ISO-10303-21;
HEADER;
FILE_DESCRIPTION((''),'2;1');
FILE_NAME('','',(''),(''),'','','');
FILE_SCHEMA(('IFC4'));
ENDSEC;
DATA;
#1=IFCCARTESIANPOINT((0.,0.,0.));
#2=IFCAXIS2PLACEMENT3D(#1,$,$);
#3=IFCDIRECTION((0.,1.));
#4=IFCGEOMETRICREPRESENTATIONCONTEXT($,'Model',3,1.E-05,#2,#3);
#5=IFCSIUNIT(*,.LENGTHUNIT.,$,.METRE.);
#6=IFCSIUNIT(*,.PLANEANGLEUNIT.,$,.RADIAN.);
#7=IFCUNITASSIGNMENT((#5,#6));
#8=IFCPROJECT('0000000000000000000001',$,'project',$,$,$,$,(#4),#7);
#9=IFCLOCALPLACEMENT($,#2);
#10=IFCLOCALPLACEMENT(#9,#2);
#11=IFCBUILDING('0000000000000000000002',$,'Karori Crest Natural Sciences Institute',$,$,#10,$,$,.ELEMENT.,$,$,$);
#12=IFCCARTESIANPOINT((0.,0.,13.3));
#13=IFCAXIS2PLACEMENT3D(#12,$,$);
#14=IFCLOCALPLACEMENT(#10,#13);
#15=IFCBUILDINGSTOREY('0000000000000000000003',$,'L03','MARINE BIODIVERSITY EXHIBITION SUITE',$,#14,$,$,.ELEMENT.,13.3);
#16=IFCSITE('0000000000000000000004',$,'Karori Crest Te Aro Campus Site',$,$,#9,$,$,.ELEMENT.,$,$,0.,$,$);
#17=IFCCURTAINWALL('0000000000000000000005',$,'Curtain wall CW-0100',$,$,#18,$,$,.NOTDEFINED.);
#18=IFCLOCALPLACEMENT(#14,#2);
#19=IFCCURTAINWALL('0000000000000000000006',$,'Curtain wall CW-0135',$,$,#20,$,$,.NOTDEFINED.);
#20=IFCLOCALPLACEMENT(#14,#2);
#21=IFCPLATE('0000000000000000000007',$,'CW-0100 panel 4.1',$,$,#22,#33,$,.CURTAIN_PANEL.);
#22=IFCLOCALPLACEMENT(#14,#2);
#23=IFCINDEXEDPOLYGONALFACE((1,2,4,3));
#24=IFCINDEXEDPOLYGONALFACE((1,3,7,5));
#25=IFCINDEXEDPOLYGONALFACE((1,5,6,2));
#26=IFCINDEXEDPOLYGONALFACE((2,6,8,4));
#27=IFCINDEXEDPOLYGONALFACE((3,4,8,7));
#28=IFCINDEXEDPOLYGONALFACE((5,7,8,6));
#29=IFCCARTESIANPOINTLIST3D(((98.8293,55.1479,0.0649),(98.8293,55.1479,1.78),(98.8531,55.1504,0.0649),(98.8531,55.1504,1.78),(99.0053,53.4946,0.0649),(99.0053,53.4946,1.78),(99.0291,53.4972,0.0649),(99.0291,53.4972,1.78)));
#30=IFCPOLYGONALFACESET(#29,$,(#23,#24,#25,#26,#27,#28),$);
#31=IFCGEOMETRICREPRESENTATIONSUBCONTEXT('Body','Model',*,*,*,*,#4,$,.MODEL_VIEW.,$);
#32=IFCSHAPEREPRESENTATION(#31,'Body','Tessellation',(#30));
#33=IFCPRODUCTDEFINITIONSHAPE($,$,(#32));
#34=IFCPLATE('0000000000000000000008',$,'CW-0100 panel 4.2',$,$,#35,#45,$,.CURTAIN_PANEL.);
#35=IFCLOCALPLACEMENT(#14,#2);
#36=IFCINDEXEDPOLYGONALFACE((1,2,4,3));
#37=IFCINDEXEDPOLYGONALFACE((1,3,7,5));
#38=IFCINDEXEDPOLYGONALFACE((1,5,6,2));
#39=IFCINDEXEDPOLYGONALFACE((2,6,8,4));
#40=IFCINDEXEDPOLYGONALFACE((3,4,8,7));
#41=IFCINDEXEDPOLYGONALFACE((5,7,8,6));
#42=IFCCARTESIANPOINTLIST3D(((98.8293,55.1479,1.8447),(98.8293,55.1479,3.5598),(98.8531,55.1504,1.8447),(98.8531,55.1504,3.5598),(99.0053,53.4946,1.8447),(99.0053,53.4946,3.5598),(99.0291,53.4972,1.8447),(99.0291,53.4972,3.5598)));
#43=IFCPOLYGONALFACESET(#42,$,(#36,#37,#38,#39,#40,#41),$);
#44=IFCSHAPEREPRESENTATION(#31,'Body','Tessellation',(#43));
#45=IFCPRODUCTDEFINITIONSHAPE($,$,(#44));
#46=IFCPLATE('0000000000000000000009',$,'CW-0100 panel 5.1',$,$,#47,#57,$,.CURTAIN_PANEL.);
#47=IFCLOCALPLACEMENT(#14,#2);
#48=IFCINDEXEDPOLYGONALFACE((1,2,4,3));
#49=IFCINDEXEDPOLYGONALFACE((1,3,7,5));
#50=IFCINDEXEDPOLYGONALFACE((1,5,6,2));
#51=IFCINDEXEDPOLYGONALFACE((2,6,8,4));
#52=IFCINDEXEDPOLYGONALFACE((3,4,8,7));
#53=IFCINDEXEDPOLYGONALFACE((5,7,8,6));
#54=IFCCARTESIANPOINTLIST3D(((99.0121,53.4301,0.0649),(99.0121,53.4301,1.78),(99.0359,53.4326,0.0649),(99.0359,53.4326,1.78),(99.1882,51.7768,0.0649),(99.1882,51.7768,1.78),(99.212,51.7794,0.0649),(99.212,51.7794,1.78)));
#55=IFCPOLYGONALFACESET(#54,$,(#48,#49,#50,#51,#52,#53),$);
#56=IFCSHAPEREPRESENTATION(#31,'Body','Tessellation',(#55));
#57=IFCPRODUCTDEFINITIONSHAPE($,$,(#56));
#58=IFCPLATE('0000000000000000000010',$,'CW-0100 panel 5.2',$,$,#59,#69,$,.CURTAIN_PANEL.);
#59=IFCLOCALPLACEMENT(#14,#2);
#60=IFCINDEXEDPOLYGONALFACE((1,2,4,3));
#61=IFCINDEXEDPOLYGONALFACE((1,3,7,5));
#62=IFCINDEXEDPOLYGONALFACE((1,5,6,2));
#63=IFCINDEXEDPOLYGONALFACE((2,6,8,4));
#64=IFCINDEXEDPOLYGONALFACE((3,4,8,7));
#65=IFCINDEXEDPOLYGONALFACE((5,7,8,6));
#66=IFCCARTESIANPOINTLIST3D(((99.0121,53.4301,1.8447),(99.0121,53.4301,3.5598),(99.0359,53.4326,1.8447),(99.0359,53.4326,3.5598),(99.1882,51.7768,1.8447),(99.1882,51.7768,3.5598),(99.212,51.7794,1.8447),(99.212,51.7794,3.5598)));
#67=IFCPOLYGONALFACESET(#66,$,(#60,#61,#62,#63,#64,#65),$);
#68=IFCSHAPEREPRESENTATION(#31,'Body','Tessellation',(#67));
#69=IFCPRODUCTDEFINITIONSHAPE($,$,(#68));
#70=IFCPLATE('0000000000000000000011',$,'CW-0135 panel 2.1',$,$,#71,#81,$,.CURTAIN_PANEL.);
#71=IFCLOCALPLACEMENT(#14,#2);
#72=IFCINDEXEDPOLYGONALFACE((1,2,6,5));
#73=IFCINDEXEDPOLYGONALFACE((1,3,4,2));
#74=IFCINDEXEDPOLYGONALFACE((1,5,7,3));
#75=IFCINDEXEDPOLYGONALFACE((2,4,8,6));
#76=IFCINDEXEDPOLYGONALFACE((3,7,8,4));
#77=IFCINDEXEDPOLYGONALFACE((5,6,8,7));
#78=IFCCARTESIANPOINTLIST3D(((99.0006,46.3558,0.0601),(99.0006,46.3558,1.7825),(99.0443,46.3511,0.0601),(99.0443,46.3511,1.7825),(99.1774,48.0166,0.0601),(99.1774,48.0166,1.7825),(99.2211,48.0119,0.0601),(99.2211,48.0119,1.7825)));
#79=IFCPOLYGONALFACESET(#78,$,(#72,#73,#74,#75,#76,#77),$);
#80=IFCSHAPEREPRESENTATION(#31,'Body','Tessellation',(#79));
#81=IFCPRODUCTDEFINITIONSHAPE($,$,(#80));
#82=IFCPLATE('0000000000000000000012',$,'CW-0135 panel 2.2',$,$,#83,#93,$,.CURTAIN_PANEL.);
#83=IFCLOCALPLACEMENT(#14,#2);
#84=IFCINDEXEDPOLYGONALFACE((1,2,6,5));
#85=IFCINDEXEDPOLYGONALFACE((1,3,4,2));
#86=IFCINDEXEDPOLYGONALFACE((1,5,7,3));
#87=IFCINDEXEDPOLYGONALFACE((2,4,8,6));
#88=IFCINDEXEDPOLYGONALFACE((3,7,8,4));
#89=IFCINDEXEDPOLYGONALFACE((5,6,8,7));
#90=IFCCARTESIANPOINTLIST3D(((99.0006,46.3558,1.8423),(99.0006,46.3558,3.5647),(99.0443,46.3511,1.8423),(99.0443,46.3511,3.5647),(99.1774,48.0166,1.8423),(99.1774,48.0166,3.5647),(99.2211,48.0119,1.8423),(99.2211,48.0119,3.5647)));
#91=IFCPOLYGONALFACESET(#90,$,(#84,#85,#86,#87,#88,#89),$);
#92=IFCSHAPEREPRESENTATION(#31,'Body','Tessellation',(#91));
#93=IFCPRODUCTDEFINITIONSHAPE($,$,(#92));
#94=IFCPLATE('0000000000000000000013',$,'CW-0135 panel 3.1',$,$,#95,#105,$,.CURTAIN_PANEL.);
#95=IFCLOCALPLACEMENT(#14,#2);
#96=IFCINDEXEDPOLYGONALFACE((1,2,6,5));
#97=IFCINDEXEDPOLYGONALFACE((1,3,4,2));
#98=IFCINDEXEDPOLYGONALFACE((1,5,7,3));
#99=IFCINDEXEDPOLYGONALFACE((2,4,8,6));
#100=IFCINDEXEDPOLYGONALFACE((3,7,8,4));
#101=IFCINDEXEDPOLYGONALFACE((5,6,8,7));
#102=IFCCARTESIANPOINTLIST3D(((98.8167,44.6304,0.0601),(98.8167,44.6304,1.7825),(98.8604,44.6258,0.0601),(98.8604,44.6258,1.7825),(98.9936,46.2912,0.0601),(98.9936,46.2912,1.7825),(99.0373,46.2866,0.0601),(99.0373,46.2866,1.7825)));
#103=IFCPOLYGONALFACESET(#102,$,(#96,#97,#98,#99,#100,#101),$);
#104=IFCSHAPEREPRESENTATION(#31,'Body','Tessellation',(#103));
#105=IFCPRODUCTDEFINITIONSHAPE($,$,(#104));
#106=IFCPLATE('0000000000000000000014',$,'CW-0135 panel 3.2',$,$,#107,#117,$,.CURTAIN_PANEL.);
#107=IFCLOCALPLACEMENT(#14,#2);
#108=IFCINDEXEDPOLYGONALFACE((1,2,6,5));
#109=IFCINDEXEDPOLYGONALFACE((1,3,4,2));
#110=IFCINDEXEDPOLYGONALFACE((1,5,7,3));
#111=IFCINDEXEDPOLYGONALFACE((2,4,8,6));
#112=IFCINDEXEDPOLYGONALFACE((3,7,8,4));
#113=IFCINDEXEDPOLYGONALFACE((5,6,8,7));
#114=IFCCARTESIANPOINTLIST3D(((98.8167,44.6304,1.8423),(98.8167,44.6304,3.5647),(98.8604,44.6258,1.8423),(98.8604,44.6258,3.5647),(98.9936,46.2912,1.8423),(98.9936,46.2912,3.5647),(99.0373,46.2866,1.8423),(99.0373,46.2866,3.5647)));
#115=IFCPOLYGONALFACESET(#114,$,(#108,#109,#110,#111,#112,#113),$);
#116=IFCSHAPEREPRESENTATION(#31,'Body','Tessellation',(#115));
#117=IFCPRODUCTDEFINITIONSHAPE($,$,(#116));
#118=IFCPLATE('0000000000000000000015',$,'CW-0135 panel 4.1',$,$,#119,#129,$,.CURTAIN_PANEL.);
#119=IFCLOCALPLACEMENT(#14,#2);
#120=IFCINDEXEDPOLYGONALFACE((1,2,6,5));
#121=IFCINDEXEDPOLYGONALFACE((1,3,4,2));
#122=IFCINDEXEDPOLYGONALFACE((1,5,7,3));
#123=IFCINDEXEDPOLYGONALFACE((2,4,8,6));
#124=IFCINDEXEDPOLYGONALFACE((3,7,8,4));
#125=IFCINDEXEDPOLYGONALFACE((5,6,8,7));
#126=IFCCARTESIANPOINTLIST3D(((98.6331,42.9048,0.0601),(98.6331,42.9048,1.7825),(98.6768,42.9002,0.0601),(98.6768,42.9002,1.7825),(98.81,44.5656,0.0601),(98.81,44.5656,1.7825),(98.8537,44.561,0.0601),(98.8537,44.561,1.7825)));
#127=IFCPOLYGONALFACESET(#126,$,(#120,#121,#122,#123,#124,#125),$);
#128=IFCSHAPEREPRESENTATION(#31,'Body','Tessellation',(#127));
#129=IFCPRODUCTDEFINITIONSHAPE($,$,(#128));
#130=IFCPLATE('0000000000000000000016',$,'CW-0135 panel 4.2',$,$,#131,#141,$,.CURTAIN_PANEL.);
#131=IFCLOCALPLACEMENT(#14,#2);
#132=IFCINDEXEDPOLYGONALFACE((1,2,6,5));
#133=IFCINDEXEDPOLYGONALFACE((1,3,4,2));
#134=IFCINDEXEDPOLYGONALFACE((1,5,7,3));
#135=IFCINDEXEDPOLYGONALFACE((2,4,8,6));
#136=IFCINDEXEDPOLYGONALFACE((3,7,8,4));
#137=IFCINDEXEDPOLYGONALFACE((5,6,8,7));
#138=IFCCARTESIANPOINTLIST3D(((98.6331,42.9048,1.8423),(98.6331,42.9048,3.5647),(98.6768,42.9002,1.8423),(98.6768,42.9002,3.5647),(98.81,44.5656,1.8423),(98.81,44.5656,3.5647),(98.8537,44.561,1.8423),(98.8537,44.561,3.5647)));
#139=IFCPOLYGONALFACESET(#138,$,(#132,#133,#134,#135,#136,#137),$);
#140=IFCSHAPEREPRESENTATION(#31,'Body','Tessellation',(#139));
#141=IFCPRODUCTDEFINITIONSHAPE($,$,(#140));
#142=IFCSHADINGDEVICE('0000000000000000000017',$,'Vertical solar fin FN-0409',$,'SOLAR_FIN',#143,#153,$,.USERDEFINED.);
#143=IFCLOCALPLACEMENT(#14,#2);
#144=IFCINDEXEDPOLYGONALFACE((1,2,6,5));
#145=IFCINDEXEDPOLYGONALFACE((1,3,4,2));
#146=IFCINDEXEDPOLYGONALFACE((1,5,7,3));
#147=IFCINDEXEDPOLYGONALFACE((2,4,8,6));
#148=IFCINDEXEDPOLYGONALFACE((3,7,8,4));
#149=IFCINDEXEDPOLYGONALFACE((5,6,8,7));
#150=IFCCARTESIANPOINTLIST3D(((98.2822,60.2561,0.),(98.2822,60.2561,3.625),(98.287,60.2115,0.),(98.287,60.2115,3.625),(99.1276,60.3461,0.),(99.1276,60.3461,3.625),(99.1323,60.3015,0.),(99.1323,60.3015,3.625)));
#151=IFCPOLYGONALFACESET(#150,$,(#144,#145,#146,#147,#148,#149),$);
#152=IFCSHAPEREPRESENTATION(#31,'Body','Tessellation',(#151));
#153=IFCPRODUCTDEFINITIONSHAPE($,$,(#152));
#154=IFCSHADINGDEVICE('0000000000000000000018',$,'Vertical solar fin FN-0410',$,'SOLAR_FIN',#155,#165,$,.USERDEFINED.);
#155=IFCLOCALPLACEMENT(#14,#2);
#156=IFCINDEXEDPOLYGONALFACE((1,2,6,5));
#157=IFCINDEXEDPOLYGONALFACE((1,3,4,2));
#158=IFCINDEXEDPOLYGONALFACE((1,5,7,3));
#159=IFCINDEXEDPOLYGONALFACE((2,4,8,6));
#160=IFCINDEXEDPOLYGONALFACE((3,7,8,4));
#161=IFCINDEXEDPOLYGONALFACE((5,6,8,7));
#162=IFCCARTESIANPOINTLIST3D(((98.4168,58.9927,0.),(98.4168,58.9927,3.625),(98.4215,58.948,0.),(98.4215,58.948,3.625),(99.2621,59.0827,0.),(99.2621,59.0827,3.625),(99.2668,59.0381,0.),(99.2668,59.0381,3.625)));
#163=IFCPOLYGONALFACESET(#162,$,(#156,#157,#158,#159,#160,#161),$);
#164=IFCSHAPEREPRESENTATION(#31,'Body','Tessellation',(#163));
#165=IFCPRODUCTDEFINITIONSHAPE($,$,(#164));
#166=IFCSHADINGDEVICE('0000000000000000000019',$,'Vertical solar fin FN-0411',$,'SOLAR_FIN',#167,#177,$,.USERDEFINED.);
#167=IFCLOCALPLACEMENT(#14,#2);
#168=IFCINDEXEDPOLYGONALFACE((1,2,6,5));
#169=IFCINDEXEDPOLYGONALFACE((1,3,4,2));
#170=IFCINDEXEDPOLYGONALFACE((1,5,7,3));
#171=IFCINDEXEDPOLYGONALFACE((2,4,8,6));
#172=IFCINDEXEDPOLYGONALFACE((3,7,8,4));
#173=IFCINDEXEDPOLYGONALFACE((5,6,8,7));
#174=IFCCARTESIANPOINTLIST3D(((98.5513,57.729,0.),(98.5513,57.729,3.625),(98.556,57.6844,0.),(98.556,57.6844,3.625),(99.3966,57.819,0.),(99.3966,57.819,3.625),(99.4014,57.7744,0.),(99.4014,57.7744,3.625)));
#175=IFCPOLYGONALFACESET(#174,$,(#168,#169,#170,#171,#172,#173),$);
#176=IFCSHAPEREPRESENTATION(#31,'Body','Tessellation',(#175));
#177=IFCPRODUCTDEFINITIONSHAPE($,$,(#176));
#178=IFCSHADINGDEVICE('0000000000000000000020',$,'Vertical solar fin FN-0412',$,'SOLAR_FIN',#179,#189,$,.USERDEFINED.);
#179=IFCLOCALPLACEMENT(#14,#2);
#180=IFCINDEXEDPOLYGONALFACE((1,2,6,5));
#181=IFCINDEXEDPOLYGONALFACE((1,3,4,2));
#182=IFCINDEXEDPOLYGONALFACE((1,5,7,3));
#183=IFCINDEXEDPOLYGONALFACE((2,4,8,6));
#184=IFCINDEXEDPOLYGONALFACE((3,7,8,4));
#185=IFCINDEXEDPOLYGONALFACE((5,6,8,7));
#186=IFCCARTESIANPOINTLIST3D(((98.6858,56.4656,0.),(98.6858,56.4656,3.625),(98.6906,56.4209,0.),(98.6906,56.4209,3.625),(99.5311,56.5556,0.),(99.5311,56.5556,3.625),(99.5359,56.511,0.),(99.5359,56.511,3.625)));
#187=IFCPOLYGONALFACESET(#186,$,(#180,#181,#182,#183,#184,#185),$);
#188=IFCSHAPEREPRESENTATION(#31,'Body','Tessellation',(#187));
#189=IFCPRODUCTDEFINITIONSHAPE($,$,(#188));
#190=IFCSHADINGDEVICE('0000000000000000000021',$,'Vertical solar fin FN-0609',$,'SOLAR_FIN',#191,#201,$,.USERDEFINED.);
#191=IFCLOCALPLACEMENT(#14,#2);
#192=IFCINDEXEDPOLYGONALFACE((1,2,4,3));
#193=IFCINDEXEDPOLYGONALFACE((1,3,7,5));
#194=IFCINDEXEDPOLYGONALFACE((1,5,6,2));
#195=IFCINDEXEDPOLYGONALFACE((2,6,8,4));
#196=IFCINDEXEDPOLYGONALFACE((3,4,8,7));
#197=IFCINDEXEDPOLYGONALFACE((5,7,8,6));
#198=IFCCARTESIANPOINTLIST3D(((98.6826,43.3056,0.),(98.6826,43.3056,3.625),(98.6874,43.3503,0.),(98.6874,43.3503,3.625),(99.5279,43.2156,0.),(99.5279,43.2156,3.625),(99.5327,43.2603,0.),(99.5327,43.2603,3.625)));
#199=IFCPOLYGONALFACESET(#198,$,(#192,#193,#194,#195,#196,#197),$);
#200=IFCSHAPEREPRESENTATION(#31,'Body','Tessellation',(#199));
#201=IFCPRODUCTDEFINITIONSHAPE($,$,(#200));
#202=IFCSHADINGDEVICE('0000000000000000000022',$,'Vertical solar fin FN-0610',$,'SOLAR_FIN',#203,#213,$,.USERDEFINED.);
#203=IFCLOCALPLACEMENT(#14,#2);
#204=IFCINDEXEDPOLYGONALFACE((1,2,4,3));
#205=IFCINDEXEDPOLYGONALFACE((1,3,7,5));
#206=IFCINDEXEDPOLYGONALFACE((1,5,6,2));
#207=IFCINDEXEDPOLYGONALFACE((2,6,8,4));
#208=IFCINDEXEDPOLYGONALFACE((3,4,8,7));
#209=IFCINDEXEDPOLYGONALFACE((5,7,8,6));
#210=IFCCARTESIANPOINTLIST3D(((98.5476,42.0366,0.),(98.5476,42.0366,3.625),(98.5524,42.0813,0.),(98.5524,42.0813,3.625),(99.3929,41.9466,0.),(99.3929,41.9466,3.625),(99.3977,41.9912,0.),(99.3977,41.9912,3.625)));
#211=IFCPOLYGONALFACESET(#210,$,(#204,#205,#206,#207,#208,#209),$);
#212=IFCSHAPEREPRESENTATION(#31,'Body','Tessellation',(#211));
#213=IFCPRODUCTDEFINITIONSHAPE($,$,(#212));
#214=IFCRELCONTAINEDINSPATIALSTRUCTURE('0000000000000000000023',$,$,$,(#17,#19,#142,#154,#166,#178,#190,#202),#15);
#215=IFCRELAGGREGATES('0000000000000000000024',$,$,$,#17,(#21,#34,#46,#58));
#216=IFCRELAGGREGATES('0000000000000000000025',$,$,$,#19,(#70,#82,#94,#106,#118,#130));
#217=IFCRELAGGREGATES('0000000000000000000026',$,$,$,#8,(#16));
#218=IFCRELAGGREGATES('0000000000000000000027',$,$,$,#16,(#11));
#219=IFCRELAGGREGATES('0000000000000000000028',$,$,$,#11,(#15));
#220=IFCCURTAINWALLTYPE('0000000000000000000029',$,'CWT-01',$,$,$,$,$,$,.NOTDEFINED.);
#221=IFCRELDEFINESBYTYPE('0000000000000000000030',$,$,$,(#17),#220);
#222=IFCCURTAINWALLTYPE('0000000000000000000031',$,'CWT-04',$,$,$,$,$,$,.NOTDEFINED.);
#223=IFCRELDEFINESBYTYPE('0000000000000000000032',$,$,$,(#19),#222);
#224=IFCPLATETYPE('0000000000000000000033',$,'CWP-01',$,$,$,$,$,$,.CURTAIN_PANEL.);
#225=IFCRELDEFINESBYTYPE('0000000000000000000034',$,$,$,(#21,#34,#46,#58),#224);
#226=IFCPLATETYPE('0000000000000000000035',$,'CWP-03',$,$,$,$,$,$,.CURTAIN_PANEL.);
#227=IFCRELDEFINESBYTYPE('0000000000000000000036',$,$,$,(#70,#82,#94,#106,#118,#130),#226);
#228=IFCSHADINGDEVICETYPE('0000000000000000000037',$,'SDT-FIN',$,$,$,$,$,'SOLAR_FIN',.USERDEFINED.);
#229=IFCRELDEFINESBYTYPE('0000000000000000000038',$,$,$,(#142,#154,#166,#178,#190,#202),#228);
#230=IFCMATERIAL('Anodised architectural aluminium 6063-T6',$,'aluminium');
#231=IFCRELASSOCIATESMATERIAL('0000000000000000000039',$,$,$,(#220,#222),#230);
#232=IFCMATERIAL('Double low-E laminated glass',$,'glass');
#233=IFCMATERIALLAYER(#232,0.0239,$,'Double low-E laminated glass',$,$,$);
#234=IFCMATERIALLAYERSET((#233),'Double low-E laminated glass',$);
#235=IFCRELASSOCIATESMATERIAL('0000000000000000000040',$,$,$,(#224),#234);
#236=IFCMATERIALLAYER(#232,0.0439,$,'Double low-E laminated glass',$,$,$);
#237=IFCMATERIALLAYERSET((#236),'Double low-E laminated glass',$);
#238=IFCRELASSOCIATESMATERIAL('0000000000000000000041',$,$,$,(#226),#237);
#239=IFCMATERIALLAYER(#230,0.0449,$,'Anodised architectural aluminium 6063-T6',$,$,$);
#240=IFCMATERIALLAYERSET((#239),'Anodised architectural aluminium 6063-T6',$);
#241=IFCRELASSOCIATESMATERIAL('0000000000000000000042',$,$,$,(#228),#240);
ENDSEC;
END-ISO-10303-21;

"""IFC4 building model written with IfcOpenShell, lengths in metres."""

from ifc_helpers import new_model, si_unit, direction, frame, origin, origin_2d, place, context, subcontext, project, spatial, rectangle, extrude, material, layer, layer_set, type_object, element, aggregate, save


model = new_model("IFC4")

# Units and contexts
model_context = context("Model", 3, precision=1e-05, world=origin(), true_north=direction((0.0, 1.0)))
body_context = subcontext(model_context, "Body", "Model", "MODEL_VIEW")
ifc_project = project(units=[si_unit("LENGTHUNIT", "METRE"), si_unit("PLANEANGLEUNIT", "RADIAN")], contexts=[model_context])

# Site, building, storey
site_placement = place(None, origin())
site = spatial("IfcSite", under=ifc_project, at=site_placement, Name="Karori Crest Te Aro Campus Site", CompositionType="ELEMENT", RefElevation=0.0)
building_placement = place(site_placement, origin())
building = spatial("IfcBuilding", under=site, at=building_placement, Name="Karori Crest Natural Sciences Institute", CompositionType="ELEMENT")
storey_placement = place(building_placement, frame((0.0, 0.0, 13.3)))
storey = spatial("IfcBuildingStorey", under=building, at=storey_placement, Name="L03", Description="MARINE BIODIVERSITY EXHIBITION SUITE", CompositionType="ELEMENT", Elevation=13.3)

# Curtain walls
ifc_material_1 = material(Name="Anodised architectural aluminium 6063-T6", Category="aluminium")
curtain_wall_type_1 = type_object("IfcCurtainWallType", Name="CWT-01", PredefinedType="NOTDEFINED", material=ifc_material_1)
curtain_wall_1_placement = place(storey_placement, origin())
curtain_wall_1 = element("IfcCurtainWall", 1, at=curtain_wall_1_placement, inside=storey, type_object=curtain_wall_type_1, Name="Curtain wall CW-0100", PredefinedType="NOTDEFINED")
curtain_wall_type_2 = type_object("IfcCurtainWallType", Name="CWT-04", PredefinedType="NOTDEFINED", material=ifc_material_1)
curtain_wall_2_placement = place(storey_placement, origin())
curtain_wall_2 = element("IfcCurtainWall", 2, at=curtain_wall_2_placement, inside=storey, type_object=curtain_wall_type_2, Name="Curtain wall CW-0135", PredefinedType="NOTDEFINED")

# Plates
ifc_material_2 = material(Name="Double low-E laminated glass", Category="glass")
ifc_layer_1 = layer(ifc_material_2, 0.0239, Name="Double low-E laminated glass")
ifc_layer_set_1 = layer_set([ifc_layer_1], Name="Double low-E laminated glass")
plate_type_1 = type_object("IfcPlateType", Name="CWP-01", PredefinedType="CURTAIN_PANEL", material=ifc_layer_set_1)
plate_1_placement = place(storey_placement, frame((98.9292, 54.3225, 0.0649), z_axis=(0.0, 0.0, 1.0), x_axis=(0.105884, -0.994378, 0.0)))
plate_1 = element("IfcPlate", 3, at=plate_1_placement, type_object=plate_type_1, Name="CW-0100 panel 4.1", PredefinedType="CURTAIN_PANEL", context=body_context, shape_type="SweptSolid", body=[
    extrude(rectangle(XDim=1.6626, YDim=0.0239, at=origin_2d()), origin(), (0.0, 0.0, 1.0), 1.7151),
])
plate_2_placement = place(storey_placement, frame((98.9292, 54.3225, 1.8447), z_axis=(0.0, 0.0, 1.0), x_axis=(0.105884, -0.994378, 0.0)))
plate_2 = element("IfcPlate", 4, at=plate_2_placement, type_object=plate_type_1, Name="CW-0100 panel 4.2", PredefinedType="CURTAIN_PANEL", context=body_context, shape_type="SweptSolid", body=[
    extrude(rectangle(XDim=1.6626, YDim=0.0239, at=origin_2d()), origin(), (0.0, 0.0, 1.0), 1.7151),
])
plate_3_placement = place(storey_placement, frame((99.1121, 52.6047, 0.0649), z_axis=(0.0, 0.0, 1.0), x_axis=(0.105884, -0.994378, 0.0)))
plate_3 = element("IfcPlate", 5, at=plate_3_placement, type_object=plate_type_1, Name="CW-0100 panel 5.1", PredefinedType="CURTAIN_PANEL", context=body_context, shape_type="SweptSolid", body=[
    extrude(rectangle(XDim=1.6626, YDim=0.0239, at=origin_2d()), origin(), (0.0, 0.0, 1.0), 1.7151),
])
plate_4_placement = place(storey_placement, frame((99.1121, 52.6047, 1.8447), z_axis=(0.0, 0.0, 1.0), x_axis=(0.105884, -0.994378, 0.0)))
plate_4 = element("IfcPlate", 6, at=plate_4_placement, type_object=plate_type_1, Name="CW-0100 panel 5.2", PredefinedType="CURTAIN_PANEL", context=body_context, shape_type="SweptSolid", body=[
    extrude(rectangle(XDim=1.6626, YDim=0.0239, at=origin_2d()), origin(), (0.0, 0.0, 1.0), 1.7151),
])
aggregate(curtain_wall_1, [plate_1, plate_2, plate_3, plate_4])
ifc_layer_2 = layer(ifc_material_2, 0.0439, Name="Double low-E laminated glass")
ifc_layer_set_2 = layer_set([ifc_layer_2], Name="Double low-E laminated glass")
plate_type_2 = type_object("IfcPlateType", Name="CWP-03", PredefinedType="CURTAIN_PANEL", material=ifc_layer_set_2)
plate_5_placement = place(storey_placement, frame((99.1108, 47.1838, 0.0601), z_axis=(0.0, 0.0, 1.0), x_axis=(-0.105886, -0.994378, 0.0)))
plate_5 = element("IfcPlate", 7, at=plate_5_placement, type_object=plate_type_2, Name="CW-0135 panel 2.1", PredefinedType="CURTAIN_PANEL", context=body_context, shape_type="SweptSolid", body=[
    extrude(rectangle(XDim=1.6702, YDim=0.0439, at=origin_2d()), origin(), (0.0, 0.0, 1.0), 1.7224),
])
plate_6_placement = place(storey_placement, frame((99.1108, 47.1838, 1.8423), z_axis=(0.0, 0.0, 1.0), x_axis=(-0.105886, -0.994378, 0.0)))
plate_6 = element("IfcPlate", 8, at=plate_6_placement, type_object=plate_type_2, Name="CW-0135 panel 2.2", PredefinedType="CURTAIN_PANEL", context=body_context, shape_type="SweptSolid", body=[
    extrude(rectangle(XDim=1.6702, YDim=0.0439, at=origin_2d()), origin(), (0.0, 0.0, 1.0), 1.7224),
])
plate_7_placement = place(storey_placement, frame((98.927, 45.4585, 0.0601), z_axis=(0.0, 0.0, 1.0), x_axis=(-0.105886, -0.994378, 0.0)))
plate_7 = element("IfcPlate", 9, at=plate_7_placement, type_object=plate_type_2, Name="CW-0135 panel 3.1", PredefinedType="CURTAIN_PANEL", context=body_context, shape_type="SweptSolid", body=[
    extrude(rectangle(XDim=1.6702, YDim=0.0439, at=origin_2d()), origin(), (0.0, 0.0, 1.0), 1.7224),
])
plate_8_placement = place(storey_placement, frame((98.927, 45.4585, 1.8423), z_axis=(0.0, 0.0, 1.0), x_axis=(-0.105886, -0.994378, 0.0)))
plate_8 = element("IfcPlate", 10, at=plate_8_placement, type_object=plate_type_2, Name="CW-0135 panel 3.2", PredefinedType="CURTAIN_PANEL", context=body_context, shape_type="SweptSolid", body=[
    extrude(rectangle(XDim=1.6702, YDim=0.0439, at=origin_2d()), origin(), (0.0, 0.0, 1.0), 1.7224),
])
plate_9_placement = place(storey_placement, frame((98.7434, 43.7329, 0.0601), z_axis=(0.0, 0.0, 1.0), x_axis=(-0.105886, -0.994378, 0.0)))
plate_9 = element("IfcPlate", 11, at=plate_9_placement, type_object=plate_type_2, Name="CW-0135 panel 4.1", PredefinedType="CURTAIN_PANEL", context=body_context, shape_type="SweptSolid", body=[
    extrude(rectangle(XDim=1.6702, YDim=0.0439, at=origin_2d()), origin(), (0.0, 0.0, 1.0), 1.7224),
])
plate_10_placement = place(storey_placement, frame((98.7434, 43.7329, 1.8423), z_axis=(0.0, 0.0, 1.0), x_axis=(-0.105886, -0.994378, 0.0)))
plate_10 = element("IfcPlate", 12, at=plate_10_placement, type_object=plate_type_2, Name="CW-0135 panel 4.2", PredefinedType="CURTAIN_PANEL", context=body_context, shape_type="SweptSolid", body=[
    extrude(rectangle(XDim=1.6702, YDim=0.0439, at=origin_2d()), origin(), (0.0, 0.0, 1.0), 1.7224),
])
aggregate(curtain_wall_2, [plate_5, plate_6, plate_7, plate_8, plate_9, plate_10])

# Shading devices
ifc_layer_3 = layer(ifc_material_1, 0.0449, Name="Anodised architectural aluminium 6063-T6")
ifc_layer_set_3 = layer_set([ifc_layer_3], Name="Anodised architectural aluminium 6063-T6")
shading_device_type = type_object("IfcShadingDeviceType", Name="SDT-FIN", ElementType="SOLAR_FIN", PredefinedType="USERDEFINED", material=ifc_layer_set_3)
for number, where, z_axis, x_axis, name in (
    (13, (98.7073, 60.2788, 0.0), (0.0, 0.0, 1.0), (0.994378, 0.105884, 0.0), "Vertical solar fin FN-0409"),
    (14, (98.8418, 59.0154, 0.0), (0.0, 0.0, 1.0), (0.994378, 0.105884, 0.0), "Vertical solar fin FN-0410"),
    (15, (98.9763, 57.7517, 0.0), (0.0, 0.0, 1.0), (0.994378, 0.105884, 0.0), "Vertical solar fin FN-0411"),
    (16, (99.1108, 56.4883, 0.0), (0.0, 0.0, 1.0), (0.994378, 0.105884, 0.0), "Vertical solar fin FN-0412"),
    (17, (99.1077, 43.283, 0.0), (0.0, 0.0, 1.0), (0.994378, -0.105886, 0.0), "Vertical solar fin FN-0609"),
    (18, (98.9727, 42.0139, 0.0), (0.0, 0.0, 1.0), (0.994378, -0.105886, 0.0), "Vertical solar fin FN-0610"),
):
    element("IfcShadingDevice", number, at=place(storey_placement, frame(where, z_axis=z_axis, x_axis=x_axis)), inside=storey, type_object=shading_device_type, Name=name, ObjectType="SOLAR_FIN", PredefinedType="USERDEFINED", context=body_context, shape_type="SweptSolid", body=[
        extrude(rectangle(XDim=0.8501, YDim=0.0449, at=origin_2d()), origin(), (0.0, 0.0, 1.0), 3.625),
    ])

save(model, "model.ifc")
